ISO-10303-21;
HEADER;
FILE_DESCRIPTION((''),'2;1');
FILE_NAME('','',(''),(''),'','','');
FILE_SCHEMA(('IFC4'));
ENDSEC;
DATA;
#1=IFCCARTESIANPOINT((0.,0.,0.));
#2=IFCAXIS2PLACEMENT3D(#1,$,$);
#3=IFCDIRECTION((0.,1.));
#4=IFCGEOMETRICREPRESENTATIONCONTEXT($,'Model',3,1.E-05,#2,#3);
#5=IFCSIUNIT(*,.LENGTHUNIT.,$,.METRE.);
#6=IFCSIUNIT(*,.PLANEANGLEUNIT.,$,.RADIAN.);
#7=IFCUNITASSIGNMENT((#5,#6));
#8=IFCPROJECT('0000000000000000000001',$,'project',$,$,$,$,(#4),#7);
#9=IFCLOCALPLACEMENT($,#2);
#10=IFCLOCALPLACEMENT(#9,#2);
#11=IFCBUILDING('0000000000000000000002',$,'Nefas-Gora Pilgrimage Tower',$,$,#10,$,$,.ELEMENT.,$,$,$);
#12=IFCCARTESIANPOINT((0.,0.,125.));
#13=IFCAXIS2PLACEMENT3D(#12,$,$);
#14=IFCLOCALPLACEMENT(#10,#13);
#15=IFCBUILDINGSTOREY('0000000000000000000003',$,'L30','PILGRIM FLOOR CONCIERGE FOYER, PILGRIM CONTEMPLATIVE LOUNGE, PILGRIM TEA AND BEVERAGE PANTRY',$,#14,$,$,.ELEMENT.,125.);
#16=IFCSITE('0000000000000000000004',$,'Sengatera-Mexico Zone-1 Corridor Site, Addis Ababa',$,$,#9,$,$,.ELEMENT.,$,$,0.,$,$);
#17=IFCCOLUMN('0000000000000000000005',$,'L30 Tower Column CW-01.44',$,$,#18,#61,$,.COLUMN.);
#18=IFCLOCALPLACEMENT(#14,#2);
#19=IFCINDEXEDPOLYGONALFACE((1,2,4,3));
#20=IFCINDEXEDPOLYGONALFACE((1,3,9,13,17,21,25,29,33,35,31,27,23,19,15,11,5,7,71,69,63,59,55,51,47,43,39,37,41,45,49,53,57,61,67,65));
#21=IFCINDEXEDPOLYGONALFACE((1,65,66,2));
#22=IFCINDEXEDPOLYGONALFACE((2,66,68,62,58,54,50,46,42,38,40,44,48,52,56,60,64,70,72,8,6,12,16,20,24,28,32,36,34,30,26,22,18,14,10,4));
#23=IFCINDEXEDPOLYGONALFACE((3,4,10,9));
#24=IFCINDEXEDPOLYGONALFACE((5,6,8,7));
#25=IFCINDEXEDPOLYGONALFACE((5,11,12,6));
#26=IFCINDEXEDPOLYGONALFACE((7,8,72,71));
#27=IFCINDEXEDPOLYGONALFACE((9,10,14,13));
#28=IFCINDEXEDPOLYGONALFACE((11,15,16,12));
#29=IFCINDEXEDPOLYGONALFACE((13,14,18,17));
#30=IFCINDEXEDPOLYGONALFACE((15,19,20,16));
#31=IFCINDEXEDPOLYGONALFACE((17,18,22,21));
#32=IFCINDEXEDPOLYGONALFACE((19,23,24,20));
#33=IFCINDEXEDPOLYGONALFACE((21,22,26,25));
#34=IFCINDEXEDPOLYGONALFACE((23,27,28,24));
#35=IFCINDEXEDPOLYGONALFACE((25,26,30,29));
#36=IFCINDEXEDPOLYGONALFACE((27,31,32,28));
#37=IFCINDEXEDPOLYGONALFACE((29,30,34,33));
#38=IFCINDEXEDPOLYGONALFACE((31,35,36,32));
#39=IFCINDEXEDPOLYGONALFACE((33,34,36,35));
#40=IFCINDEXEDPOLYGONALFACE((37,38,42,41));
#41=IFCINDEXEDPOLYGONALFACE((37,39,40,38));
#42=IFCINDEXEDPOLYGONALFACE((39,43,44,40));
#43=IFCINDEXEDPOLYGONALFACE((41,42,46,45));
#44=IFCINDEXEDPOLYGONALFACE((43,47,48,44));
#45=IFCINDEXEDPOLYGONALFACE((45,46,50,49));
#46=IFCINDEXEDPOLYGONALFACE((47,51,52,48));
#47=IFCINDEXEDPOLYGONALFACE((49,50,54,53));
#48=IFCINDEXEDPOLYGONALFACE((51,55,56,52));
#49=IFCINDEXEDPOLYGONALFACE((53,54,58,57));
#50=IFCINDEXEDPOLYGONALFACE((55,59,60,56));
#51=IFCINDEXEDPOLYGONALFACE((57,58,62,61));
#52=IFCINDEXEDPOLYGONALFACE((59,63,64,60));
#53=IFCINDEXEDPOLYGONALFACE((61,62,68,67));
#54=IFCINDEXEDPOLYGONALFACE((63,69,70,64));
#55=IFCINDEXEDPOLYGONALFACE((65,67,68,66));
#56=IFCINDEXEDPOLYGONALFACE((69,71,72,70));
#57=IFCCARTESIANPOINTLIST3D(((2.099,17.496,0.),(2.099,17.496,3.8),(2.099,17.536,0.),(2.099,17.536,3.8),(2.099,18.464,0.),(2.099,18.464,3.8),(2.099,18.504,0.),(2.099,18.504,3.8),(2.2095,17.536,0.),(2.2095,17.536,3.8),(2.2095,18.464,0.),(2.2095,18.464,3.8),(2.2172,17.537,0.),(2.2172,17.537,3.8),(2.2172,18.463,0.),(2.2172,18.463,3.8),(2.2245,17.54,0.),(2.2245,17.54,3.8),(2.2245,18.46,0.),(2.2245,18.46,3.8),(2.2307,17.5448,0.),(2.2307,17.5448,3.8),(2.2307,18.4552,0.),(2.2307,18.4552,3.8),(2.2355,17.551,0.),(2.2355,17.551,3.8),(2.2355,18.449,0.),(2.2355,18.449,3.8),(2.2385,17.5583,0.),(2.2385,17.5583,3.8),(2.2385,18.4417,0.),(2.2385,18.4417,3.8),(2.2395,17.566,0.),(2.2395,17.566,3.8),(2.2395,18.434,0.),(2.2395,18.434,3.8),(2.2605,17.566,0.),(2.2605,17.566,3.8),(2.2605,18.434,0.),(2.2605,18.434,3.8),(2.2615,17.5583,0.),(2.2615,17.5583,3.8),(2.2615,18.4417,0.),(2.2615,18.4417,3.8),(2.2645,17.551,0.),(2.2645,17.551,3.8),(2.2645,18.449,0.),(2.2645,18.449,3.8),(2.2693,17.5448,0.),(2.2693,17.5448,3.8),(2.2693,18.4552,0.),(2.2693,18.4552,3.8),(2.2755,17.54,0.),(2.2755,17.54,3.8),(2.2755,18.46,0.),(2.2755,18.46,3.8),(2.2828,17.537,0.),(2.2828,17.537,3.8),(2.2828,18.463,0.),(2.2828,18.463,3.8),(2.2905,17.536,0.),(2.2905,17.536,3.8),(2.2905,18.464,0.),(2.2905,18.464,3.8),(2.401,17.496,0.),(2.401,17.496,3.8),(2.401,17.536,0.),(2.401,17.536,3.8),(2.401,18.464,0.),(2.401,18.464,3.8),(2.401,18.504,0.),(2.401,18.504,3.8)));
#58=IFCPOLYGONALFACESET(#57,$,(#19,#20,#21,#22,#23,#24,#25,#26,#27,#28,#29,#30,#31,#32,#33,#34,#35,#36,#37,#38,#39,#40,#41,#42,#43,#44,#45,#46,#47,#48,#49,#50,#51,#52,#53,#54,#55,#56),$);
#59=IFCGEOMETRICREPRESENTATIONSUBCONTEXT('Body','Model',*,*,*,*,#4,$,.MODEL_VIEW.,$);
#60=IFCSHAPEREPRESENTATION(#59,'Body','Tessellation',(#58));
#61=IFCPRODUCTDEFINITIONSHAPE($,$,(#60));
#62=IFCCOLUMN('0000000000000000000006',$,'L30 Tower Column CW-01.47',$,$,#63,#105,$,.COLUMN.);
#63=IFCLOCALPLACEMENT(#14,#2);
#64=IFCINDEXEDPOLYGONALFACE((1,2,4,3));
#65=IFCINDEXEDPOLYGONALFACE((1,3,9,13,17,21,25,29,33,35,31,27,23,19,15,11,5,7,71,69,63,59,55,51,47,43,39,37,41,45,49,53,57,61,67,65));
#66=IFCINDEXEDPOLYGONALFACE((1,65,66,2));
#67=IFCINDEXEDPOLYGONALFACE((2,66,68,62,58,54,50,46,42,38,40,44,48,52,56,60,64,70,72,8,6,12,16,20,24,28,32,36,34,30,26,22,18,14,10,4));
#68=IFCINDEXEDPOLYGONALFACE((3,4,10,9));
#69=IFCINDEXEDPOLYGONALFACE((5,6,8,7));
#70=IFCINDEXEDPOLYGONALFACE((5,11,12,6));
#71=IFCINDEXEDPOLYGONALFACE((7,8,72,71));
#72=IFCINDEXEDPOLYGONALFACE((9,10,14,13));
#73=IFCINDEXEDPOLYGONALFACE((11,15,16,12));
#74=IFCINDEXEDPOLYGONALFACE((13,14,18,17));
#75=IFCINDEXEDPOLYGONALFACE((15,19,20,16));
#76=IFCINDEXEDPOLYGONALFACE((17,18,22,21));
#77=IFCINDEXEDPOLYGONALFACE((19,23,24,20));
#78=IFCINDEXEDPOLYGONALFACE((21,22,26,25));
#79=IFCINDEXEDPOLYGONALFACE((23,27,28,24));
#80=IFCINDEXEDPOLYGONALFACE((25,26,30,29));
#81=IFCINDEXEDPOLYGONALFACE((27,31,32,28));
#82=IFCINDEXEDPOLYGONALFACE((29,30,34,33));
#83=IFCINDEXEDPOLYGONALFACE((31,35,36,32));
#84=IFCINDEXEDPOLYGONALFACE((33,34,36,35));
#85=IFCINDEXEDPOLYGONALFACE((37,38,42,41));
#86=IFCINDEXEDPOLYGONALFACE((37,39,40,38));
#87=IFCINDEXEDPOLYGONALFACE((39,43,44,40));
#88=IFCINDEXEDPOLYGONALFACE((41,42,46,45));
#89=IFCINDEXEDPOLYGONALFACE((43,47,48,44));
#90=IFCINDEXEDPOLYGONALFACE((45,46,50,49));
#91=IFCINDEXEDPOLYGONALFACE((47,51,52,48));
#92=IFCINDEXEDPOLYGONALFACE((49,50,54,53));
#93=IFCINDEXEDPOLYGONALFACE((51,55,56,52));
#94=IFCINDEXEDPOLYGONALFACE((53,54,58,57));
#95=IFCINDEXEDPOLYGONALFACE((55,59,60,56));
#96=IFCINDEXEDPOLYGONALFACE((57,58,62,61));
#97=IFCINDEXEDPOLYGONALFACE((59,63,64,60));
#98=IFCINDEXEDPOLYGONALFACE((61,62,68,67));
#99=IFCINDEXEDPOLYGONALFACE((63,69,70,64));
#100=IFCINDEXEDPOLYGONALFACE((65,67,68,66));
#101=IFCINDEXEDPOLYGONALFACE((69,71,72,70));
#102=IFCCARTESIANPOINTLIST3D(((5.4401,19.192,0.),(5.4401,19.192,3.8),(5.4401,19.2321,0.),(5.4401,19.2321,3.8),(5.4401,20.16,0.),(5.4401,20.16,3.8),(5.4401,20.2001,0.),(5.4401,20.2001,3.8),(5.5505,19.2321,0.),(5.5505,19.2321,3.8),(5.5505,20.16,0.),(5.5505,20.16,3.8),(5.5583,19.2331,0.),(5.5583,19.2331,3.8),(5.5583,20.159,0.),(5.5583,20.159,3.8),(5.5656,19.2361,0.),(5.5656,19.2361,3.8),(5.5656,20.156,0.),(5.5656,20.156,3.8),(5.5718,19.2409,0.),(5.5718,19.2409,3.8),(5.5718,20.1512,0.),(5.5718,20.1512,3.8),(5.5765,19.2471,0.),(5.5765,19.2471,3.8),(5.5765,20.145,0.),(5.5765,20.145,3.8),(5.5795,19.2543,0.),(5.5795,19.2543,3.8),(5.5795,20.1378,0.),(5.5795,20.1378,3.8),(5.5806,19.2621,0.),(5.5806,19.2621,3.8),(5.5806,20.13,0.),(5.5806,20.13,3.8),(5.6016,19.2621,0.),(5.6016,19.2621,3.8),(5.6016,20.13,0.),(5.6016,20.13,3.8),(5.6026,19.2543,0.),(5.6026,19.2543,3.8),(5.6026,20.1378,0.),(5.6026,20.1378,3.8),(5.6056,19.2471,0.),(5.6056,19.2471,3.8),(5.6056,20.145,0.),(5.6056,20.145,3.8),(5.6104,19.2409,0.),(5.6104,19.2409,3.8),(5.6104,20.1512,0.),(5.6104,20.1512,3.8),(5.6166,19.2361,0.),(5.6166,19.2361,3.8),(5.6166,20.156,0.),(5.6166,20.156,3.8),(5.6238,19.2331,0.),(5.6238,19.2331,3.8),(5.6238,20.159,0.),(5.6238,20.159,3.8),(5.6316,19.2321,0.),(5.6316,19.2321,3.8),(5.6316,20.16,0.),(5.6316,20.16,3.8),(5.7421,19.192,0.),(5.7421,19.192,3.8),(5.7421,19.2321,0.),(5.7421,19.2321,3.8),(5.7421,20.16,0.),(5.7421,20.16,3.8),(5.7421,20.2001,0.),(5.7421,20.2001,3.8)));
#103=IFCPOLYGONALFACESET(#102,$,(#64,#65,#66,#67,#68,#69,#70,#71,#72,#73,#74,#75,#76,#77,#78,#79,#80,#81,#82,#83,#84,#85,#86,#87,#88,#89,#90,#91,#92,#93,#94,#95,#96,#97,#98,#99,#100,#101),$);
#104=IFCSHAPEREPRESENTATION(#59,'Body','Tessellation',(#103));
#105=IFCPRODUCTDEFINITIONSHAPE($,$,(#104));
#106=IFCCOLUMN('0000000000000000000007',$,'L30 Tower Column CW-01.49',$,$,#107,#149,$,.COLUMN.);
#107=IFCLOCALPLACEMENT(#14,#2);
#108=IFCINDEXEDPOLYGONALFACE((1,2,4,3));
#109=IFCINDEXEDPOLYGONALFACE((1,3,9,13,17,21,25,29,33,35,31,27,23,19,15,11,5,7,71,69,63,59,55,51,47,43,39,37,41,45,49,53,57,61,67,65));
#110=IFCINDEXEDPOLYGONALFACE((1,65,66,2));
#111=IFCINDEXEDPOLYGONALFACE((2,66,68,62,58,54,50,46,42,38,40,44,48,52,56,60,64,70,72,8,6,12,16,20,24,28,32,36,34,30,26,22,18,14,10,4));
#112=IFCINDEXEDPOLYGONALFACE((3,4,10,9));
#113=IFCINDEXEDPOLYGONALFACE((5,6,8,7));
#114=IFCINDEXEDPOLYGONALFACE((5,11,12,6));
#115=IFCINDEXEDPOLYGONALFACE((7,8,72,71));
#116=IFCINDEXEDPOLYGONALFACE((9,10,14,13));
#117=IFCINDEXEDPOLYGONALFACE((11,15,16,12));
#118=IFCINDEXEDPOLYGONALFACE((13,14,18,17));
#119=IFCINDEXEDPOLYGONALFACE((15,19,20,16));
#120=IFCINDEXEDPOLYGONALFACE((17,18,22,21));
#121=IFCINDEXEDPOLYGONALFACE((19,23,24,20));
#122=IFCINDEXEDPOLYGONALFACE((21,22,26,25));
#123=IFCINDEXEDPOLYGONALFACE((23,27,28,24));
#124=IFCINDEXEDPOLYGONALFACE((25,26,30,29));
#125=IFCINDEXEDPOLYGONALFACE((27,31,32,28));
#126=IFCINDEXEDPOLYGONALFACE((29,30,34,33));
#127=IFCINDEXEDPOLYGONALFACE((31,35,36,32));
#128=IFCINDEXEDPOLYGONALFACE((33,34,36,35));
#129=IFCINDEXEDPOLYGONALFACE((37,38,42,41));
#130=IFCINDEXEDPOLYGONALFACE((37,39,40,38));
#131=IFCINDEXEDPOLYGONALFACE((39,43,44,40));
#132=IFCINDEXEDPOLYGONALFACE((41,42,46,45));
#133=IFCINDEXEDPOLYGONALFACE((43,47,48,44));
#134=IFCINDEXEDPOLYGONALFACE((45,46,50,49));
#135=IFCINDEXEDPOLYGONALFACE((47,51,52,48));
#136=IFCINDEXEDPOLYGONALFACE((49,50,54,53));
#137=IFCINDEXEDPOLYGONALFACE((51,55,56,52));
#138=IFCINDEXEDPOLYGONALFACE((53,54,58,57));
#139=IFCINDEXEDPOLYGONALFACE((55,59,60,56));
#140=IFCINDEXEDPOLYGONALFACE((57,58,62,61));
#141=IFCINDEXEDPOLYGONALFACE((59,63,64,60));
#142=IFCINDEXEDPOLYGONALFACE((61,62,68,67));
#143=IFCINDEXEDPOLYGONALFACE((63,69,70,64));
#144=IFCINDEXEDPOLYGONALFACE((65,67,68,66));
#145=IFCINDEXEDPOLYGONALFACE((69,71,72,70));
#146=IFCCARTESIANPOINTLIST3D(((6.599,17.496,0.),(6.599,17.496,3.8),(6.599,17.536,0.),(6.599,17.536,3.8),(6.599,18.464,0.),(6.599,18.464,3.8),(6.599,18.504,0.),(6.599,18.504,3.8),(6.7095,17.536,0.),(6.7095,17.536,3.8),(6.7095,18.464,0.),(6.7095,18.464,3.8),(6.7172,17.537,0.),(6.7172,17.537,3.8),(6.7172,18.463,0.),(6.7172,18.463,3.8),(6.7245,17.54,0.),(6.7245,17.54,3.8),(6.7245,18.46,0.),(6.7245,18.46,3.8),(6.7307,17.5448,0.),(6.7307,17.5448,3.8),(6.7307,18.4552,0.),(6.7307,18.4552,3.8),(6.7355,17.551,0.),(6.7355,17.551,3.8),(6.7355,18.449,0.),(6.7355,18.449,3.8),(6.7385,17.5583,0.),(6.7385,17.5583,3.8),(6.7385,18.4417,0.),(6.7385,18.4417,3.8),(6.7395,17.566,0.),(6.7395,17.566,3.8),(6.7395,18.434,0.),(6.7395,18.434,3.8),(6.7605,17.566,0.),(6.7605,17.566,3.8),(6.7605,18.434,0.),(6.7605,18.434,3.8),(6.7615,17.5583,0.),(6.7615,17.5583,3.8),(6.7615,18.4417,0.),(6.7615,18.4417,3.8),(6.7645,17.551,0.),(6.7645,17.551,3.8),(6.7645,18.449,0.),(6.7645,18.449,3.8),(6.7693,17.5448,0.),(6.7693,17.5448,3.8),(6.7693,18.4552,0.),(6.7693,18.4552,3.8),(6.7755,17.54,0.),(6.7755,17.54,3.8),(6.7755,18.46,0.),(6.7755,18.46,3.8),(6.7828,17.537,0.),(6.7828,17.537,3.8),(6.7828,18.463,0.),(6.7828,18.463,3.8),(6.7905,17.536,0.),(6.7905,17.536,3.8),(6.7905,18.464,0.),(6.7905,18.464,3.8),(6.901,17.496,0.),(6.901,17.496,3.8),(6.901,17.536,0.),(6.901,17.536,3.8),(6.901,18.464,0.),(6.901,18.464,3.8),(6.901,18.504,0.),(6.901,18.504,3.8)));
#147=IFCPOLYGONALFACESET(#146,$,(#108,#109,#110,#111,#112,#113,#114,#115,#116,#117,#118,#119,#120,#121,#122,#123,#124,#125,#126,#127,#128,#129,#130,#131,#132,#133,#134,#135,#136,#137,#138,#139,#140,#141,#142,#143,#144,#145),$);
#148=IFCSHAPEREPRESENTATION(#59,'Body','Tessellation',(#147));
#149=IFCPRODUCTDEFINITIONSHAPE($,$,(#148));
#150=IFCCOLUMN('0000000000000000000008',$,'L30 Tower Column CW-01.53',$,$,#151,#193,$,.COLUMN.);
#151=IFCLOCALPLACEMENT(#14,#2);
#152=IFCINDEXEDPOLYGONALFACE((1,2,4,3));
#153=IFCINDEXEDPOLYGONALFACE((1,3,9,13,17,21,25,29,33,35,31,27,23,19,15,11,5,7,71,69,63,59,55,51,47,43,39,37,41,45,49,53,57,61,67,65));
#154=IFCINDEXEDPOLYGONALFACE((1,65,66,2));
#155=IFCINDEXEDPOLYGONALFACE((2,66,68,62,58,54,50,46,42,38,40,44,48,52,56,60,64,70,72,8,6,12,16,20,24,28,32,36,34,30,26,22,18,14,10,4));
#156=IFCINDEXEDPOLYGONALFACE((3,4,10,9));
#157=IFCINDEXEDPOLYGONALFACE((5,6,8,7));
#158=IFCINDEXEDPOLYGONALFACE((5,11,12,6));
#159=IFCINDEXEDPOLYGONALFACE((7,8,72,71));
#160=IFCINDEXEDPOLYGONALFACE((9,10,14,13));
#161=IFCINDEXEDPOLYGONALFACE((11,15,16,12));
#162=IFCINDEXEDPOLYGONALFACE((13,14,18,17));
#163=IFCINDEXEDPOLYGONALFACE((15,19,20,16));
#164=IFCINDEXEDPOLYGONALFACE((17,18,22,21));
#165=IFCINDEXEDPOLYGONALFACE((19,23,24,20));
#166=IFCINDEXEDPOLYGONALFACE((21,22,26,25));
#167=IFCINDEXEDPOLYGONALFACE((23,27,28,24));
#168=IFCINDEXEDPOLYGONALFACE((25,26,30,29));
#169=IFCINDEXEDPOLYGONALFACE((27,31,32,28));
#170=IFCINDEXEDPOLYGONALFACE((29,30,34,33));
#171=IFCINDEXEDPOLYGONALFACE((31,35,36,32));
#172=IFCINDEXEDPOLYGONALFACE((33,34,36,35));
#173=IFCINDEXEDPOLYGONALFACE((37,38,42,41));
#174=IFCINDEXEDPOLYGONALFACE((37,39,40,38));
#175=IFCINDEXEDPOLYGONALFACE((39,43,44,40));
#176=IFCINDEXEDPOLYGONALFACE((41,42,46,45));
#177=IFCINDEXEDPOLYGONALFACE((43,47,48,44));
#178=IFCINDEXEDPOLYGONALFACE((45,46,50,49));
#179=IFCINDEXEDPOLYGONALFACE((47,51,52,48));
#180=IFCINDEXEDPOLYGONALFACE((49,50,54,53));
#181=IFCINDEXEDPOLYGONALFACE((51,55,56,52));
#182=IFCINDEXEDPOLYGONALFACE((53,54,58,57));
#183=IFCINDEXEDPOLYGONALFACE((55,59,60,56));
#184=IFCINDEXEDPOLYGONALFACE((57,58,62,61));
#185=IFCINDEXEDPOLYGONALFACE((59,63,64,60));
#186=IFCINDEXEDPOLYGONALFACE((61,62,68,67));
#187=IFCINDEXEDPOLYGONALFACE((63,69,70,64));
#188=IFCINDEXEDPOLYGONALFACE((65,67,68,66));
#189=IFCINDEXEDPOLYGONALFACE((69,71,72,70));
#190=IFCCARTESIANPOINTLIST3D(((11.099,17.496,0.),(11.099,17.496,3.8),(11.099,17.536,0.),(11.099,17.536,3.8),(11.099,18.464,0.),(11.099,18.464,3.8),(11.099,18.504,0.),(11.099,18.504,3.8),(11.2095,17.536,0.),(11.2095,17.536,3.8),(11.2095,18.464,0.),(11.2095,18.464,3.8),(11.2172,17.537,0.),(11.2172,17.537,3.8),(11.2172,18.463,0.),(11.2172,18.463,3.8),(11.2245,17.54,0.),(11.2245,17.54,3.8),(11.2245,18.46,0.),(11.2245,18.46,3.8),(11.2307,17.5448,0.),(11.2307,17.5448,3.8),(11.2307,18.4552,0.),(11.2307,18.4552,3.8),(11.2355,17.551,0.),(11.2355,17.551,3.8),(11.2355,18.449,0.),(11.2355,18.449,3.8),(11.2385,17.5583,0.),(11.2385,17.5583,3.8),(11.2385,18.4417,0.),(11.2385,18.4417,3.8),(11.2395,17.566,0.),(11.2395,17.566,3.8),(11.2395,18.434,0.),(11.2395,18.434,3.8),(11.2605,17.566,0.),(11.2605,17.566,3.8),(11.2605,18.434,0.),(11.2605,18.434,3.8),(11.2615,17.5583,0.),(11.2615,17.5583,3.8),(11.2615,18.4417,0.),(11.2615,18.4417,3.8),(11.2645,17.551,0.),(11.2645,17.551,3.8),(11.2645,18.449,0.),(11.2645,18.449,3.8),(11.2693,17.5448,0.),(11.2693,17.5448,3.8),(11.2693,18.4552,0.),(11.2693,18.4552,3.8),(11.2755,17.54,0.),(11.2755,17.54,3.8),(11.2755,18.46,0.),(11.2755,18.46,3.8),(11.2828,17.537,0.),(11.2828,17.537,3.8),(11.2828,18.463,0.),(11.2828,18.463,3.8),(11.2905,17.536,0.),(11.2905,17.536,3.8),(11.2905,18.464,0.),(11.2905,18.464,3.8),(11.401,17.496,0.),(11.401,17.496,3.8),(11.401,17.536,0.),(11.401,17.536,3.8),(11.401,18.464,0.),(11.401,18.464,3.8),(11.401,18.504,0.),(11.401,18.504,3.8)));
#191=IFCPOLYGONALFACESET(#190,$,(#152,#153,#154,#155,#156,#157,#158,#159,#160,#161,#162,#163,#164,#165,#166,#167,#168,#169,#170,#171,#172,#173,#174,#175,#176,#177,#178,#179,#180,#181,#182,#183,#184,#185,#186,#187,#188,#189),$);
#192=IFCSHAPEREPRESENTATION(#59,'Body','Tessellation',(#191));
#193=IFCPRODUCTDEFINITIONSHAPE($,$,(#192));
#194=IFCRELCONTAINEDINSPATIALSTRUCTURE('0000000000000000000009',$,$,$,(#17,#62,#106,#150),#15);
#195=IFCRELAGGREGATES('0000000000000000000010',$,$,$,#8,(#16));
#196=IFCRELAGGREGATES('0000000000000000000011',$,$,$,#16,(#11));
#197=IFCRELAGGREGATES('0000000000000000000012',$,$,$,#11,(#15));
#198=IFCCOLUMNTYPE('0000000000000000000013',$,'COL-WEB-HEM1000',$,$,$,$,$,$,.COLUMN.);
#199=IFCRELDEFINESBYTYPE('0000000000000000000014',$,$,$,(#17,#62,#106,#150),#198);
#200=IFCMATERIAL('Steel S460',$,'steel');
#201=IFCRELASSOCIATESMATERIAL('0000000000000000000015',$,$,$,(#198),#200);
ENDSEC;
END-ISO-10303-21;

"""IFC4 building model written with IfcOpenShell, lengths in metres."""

from ifc_helpers import new_model, si_unit, direction, frame, origin, origin_2d, place, context, subcontext, project, spatial, i_section, extrude, source, transform, mapped, material, material_profile, profile_set, type_object, element, save


model = new_model("IFC4")

# Units and contexts
model_context = context("Model", 3, precision=1e-05, world=origin(), true_north=direction((0.0, 1.0)))
body_context = subcontext(model_context, "Body", "Model", "MODEL_VIEW")
ifc_project = project(units=[si_unit("LENGTHUNIT", "METRE"), si_unit("PLANEANGLEUNIT", "RADIAN")], contexts=[model_context])

# Site, building, storey
site_placement = place(None, origin())
site = spatial("IfcSite", under=ifc_project, at=site_placement, Name="Sengatera-Mexico Zone-1 Corridor Site, Addis Ababa", CompositionType="ELEMENT", RefElevation=0.0)
building_placement = place(site_placement, origin())
building = spatial("IfcBuilding", under=site, at=building_placement, Name="Nefas-Gora Pilgrimage Tower", CompositionType="ELEMENT")
storey_placement = place(building_placement, frame((0.0, 0.0, 125.0)))
storey = spatial("IfcBuildingStorey", under=building, at=storey_placement, Name="L30", Description="PILGRIM FLOOR CONCIERGE FOYER, PILGRIM CONTEMPLATIVE LOUNGE, PILGRIM TEA AND BEVERAGE PANTRY", CompositionType="ELEMENT", Elevation=125.0)

# Columns
ifc_material_1 = material(Name="Steel S460", Category="steel")
ifc_material_profile_1 = material_profile(ifc_material_1, i_section(OverallWidth=0.302, OverallDepth=1.0081, WebThickness=0.021, FlangeThickness=0.04, FilletRadius=0.03, at=origin_2d()), Name="HEM 1000")
ifc_profile_set_1 = profile_set([ifc_material_profile_1], Name="Steel S460")
column_type_1 = type_object("IfcColumnType", Name="COL-WEB-HEM1000", PredefinedType="COLUMN", material=ifc_profile_set_1)
shared_shape_1 = source(origin(), body_context, "Body", "SweptSolid", [
    extrude(i_section(OverallWidth=0.302, OverallDepth=1.0081, WebThickness=0.021, FlangeThickness=0.04, FilletRadius=0.03, at=origin_2d()), origin(), (0.0, 0.0, 1.0), 3.8),
])
for number, where, z_axis, x_axis, name in (
    (1, (2.25, 18.0, 0.0), (0.0, 0.0, 1.0), (1.0, 0.0, 0.0), "L30 Tower Column CW-01.44"),
    (2, (5.5911, 19.696, 0.0), (0.0, 0.0, 1.0), (1.0, 0.0, 0.0), "L30 Tower Column CW-01.47"),
    (3, (6.75, 18.0, 0.0), (0.0, 0.0, 1.0), (1.0, 0.0, 0.0), "L30 Tower Column CW-01.49"),
    (4, (11.25, 18.0, 0.0), (0.0, 0.0, 1.0), (1.0, 0.0, 0.0), "L30 Tower Column CW-01.53"),
):
    element("IfcColumn", number, at=place(storey_placement, frame(where, z_axis=z_axis, x_axis=x_axis)), inside=storey, type_object=column_type_1, Name=name, PredefinedType="COLUMN", context=body_context, shape_type="MappedRepresentation", body=[
        mapped(shared_shape_1, transform((0.0, 0.0, 0.0), x_axis=(1.0, 0.0, 0.0), y_axis=(0.0, 1.0, 0.0), z_axis=(0.0, 0.0, 1.0), scale=1.0)),
    ])

save(model, "model.ifc")
